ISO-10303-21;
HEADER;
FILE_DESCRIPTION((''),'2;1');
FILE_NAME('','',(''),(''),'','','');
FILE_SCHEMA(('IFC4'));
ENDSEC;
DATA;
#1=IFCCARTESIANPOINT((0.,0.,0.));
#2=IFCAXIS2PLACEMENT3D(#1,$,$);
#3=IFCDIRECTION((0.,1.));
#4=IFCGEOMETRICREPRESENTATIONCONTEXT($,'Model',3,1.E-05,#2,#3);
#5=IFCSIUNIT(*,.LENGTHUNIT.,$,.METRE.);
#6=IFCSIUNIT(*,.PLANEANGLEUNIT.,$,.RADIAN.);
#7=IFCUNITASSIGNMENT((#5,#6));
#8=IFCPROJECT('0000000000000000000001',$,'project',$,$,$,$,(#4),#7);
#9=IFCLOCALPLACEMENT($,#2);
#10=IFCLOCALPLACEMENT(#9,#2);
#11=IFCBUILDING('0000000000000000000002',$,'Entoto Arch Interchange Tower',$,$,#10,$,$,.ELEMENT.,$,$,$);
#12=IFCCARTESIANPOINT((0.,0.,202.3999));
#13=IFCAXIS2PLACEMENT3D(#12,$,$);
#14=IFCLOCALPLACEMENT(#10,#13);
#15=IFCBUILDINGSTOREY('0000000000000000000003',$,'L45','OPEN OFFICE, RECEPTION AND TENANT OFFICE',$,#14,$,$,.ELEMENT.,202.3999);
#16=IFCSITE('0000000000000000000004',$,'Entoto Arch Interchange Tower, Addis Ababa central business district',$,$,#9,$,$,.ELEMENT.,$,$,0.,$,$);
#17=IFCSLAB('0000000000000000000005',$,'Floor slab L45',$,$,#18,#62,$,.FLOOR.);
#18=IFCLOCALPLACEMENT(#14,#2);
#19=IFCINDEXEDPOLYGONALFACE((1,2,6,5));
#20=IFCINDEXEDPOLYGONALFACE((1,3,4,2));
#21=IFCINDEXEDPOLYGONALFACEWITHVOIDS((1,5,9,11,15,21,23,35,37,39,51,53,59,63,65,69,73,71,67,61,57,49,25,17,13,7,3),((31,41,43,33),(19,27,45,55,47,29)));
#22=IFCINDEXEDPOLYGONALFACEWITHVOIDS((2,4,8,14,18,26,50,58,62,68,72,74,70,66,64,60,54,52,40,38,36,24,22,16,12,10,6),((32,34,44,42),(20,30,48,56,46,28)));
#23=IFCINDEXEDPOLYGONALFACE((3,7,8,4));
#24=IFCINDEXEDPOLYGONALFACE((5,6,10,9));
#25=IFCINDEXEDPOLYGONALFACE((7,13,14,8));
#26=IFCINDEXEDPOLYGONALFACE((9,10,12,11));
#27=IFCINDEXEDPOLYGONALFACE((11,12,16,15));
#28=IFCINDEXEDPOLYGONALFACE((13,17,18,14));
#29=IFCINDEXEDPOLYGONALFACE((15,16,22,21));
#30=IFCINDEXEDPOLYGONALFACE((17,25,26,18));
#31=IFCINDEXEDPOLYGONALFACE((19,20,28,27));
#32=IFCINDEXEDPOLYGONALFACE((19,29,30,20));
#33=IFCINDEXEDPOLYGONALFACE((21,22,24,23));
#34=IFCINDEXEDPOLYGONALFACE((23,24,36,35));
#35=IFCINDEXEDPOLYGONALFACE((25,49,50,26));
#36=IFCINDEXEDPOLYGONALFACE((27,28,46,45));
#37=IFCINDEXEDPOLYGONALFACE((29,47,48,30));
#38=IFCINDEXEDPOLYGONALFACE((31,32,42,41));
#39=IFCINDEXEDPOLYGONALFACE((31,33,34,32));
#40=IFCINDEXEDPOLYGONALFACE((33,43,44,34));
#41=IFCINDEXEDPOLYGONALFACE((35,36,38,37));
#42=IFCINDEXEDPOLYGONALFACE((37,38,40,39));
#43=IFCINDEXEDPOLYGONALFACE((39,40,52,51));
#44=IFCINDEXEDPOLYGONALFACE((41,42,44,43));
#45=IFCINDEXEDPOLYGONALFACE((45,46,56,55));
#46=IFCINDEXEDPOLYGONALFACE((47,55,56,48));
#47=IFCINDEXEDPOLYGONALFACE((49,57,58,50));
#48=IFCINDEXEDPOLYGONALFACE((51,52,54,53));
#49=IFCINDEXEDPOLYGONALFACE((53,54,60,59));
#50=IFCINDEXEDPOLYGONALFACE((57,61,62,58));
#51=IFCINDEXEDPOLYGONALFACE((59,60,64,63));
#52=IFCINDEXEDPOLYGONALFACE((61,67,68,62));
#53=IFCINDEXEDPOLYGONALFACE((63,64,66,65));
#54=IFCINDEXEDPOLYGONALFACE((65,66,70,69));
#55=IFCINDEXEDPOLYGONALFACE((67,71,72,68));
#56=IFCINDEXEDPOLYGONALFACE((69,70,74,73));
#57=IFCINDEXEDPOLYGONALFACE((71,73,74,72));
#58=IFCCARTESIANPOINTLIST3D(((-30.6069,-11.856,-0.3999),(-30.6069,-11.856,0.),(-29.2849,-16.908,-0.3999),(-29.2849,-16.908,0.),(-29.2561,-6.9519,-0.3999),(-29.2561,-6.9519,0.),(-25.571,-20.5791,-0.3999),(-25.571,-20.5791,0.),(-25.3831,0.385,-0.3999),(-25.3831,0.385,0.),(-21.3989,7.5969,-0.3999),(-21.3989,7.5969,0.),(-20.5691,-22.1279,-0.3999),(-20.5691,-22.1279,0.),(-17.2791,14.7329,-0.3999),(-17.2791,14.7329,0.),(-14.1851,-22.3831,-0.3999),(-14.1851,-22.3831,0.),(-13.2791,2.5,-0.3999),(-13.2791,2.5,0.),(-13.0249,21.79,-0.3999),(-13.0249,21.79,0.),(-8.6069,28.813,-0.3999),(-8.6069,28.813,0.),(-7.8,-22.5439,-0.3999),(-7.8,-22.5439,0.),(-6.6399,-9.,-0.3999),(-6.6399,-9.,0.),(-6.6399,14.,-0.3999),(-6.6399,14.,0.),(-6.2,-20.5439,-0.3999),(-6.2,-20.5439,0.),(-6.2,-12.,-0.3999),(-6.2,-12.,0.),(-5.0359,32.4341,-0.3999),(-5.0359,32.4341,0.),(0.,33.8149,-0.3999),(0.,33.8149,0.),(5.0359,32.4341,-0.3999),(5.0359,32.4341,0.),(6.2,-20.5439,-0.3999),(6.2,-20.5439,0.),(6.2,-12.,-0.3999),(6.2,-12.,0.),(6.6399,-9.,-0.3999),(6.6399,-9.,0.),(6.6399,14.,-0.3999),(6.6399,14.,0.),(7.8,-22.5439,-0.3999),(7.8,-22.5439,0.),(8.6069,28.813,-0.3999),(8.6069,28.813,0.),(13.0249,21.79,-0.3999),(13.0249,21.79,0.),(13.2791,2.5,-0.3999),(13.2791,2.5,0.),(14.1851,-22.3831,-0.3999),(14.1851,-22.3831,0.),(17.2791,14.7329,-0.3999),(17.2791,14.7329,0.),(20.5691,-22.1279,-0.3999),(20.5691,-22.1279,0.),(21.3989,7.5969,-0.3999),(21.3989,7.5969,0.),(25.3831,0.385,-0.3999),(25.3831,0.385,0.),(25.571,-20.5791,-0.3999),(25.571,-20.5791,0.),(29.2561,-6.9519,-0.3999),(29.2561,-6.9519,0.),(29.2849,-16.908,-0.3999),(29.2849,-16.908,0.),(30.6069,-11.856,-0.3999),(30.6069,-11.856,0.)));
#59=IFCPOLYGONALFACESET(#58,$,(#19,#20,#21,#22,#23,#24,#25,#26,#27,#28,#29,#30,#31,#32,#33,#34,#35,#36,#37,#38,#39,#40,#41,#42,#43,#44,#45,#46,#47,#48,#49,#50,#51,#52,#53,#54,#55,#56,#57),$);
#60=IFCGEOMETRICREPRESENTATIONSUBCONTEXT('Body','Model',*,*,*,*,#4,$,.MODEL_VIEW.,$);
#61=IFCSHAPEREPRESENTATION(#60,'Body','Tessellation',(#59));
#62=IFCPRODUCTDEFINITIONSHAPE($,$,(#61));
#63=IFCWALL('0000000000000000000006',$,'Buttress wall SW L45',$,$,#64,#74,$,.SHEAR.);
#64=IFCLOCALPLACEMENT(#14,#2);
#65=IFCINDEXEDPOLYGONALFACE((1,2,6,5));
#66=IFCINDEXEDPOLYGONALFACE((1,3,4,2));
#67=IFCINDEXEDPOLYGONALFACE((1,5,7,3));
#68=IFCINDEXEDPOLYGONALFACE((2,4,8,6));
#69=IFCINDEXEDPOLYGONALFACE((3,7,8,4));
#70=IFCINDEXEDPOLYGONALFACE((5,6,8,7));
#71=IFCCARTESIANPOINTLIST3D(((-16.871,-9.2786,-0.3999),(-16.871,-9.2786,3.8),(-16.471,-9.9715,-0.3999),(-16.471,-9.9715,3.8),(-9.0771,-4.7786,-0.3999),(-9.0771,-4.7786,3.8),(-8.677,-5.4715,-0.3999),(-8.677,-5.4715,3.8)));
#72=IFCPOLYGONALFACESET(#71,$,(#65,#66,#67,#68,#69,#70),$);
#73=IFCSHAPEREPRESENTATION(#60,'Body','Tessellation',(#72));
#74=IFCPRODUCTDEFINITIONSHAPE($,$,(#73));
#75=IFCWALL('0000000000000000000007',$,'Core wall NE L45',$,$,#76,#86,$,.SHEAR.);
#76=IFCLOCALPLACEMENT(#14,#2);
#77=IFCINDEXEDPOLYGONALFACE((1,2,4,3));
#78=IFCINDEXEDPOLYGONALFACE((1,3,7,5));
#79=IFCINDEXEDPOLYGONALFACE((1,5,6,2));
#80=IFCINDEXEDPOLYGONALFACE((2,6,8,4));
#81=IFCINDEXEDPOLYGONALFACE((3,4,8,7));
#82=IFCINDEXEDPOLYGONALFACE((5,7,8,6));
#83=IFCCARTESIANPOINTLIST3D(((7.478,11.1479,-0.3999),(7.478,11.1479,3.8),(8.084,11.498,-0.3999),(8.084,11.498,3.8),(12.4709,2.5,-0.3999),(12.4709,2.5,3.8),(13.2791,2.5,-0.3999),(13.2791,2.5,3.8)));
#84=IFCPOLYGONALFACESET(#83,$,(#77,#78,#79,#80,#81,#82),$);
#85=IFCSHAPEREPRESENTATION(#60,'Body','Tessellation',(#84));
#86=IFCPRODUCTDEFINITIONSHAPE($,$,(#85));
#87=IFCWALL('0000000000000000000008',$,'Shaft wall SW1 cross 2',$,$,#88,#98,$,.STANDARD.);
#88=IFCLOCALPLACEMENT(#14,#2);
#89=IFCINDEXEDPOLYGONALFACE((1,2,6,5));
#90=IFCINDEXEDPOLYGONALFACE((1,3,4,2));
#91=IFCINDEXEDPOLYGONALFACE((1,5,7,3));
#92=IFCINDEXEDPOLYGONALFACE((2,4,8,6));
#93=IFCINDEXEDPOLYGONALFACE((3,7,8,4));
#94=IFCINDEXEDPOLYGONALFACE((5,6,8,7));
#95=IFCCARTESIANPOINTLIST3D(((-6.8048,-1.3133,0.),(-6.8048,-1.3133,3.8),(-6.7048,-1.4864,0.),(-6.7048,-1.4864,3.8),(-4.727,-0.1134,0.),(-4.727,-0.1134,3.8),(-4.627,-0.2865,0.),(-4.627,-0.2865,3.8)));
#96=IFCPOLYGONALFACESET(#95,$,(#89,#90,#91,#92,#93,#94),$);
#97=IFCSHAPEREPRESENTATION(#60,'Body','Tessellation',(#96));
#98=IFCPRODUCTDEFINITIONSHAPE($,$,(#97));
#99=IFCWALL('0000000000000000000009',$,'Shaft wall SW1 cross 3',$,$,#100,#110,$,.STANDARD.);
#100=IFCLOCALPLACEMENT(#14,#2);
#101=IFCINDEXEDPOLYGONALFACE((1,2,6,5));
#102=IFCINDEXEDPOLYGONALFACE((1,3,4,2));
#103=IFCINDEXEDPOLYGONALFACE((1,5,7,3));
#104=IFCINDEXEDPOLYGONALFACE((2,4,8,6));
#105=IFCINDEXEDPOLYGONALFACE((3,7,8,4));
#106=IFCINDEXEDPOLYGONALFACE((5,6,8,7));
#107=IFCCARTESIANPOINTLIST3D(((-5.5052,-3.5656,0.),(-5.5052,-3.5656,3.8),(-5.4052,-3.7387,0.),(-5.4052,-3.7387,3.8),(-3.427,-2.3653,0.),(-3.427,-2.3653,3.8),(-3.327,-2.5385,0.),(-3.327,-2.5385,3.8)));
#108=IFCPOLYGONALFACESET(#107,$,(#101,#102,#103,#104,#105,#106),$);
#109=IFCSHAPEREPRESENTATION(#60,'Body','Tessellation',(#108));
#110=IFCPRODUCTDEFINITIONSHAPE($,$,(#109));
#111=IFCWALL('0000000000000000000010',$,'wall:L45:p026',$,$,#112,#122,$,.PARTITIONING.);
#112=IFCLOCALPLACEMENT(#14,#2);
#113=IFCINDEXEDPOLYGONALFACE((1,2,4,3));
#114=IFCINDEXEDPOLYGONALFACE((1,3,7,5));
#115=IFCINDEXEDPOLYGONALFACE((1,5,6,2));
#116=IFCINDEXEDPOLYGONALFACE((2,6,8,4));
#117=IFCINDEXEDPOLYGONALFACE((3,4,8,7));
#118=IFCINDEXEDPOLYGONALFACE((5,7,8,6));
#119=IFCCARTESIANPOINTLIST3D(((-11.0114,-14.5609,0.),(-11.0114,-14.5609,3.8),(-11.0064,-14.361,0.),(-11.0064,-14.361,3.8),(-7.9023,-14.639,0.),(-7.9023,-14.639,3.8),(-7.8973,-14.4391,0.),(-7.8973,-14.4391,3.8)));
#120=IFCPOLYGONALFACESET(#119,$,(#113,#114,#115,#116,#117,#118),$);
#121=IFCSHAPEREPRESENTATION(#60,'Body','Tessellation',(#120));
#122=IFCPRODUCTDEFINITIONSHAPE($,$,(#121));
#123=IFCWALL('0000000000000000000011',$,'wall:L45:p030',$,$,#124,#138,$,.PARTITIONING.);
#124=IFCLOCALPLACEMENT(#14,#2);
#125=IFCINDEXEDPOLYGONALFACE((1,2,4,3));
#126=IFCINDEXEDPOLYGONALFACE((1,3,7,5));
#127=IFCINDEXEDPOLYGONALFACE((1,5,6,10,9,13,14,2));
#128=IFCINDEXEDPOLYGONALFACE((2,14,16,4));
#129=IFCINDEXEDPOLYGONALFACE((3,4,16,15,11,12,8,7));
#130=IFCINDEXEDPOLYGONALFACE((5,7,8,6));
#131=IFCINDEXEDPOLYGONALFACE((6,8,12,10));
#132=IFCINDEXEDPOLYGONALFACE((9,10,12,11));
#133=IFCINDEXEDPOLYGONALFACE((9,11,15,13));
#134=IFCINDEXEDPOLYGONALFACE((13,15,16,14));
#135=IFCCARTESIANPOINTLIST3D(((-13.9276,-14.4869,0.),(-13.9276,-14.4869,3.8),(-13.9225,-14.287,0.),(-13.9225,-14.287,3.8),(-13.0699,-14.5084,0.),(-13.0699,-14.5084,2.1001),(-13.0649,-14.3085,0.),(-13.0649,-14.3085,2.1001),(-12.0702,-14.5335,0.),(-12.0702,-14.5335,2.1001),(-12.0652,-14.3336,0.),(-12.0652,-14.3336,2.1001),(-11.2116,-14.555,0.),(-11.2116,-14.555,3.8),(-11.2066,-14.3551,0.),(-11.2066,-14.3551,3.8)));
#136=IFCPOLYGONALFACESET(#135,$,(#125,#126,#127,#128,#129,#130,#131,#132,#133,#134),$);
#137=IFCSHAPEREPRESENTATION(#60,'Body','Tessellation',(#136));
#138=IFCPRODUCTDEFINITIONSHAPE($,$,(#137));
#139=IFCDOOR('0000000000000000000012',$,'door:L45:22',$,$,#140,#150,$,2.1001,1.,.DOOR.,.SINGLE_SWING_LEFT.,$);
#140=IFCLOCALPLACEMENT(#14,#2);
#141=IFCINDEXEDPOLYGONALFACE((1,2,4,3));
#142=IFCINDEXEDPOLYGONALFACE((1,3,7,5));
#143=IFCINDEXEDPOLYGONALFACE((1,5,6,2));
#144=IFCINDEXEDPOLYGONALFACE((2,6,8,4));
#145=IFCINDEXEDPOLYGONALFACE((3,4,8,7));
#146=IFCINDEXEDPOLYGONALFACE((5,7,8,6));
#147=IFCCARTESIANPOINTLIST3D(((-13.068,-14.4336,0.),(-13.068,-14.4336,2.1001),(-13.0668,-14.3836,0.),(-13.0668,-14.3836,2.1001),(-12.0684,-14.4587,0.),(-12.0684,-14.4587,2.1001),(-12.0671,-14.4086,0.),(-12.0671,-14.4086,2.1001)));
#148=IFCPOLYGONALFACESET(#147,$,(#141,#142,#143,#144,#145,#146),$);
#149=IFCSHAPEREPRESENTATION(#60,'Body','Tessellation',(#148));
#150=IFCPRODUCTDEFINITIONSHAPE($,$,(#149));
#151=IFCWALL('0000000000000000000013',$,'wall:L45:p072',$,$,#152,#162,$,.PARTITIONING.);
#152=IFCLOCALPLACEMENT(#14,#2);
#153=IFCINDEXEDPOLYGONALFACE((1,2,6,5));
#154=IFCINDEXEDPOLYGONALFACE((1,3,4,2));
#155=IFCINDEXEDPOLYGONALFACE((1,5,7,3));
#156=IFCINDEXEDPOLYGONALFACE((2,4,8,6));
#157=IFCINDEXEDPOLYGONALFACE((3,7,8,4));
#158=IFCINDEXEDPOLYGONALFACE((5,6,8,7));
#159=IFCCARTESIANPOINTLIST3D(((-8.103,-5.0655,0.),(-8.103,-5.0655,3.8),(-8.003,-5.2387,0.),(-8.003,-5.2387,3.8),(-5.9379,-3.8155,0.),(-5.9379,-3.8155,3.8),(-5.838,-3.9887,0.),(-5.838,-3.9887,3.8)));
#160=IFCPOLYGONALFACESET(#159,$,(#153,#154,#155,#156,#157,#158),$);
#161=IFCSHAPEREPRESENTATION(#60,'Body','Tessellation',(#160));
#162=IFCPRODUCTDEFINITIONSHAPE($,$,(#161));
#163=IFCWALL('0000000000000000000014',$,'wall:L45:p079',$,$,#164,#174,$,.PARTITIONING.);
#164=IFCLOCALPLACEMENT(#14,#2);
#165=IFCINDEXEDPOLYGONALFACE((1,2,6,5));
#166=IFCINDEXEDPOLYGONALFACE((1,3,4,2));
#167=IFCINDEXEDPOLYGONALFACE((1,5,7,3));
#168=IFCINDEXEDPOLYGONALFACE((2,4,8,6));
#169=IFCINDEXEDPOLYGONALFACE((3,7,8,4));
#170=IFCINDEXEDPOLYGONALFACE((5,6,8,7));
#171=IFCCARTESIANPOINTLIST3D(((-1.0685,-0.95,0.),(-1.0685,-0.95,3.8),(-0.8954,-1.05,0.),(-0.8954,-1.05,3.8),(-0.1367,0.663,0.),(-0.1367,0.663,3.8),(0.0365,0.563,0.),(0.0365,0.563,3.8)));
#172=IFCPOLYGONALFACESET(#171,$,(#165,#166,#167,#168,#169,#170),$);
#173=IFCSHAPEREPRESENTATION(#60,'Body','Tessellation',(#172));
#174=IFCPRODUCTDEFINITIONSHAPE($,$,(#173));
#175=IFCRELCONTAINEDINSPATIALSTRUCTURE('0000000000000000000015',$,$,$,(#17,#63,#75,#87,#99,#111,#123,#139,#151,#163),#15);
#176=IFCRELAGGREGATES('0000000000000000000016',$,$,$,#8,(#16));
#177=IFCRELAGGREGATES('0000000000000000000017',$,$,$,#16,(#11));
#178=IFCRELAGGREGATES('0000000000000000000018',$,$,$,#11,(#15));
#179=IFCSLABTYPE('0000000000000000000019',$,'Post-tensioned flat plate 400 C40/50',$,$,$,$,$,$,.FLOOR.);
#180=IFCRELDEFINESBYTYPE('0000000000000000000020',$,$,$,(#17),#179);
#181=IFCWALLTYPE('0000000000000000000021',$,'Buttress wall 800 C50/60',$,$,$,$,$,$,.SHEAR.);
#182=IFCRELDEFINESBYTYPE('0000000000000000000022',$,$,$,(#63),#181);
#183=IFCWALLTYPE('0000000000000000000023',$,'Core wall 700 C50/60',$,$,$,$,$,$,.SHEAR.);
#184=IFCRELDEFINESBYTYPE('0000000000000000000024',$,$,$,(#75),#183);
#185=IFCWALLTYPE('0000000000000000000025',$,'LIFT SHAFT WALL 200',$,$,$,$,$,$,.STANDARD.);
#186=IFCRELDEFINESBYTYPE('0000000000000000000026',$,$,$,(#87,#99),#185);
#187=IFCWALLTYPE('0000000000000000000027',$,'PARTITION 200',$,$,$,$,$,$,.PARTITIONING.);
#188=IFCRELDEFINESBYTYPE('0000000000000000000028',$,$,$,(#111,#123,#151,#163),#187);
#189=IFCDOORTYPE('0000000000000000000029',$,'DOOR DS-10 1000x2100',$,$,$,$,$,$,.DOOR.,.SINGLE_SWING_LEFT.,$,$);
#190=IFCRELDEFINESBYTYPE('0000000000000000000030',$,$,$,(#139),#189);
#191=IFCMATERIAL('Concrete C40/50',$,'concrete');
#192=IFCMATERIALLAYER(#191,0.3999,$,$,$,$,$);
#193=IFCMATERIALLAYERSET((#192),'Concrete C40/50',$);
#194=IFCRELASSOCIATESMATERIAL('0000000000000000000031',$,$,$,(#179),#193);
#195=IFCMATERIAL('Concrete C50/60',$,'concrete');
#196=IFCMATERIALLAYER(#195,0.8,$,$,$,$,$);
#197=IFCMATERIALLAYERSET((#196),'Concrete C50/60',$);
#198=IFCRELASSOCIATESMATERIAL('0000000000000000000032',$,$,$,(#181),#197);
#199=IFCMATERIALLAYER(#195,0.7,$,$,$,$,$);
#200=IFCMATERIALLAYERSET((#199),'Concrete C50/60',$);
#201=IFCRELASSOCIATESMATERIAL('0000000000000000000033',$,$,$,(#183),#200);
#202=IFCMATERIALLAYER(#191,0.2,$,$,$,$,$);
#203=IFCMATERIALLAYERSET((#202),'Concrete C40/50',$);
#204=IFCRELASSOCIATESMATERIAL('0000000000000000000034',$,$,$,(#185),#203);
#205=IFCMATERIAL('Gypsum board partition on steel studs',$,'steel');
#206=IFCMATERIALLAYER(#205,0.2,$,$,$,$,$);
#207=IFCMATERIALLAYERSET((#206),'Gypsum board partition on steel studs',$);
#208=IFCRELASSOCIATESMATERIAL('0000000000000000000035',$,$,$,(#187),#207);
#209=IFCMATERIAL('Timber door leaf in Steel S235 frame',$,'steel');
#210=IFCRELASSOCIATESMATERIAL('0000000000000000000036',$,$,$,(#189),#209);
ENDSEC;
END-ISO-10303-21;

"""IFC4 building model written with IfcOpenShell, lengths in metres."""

from ifc_helpers import new_model, si_unit, direction, frame, frame_2d, origin, place, context, subcontext, project, spatial, polyline, rectangle, outline, extrude, material, layer, layer_set, type_object, element, fill, save


model = new_model("IFC4")

# Units and contexts
model_context = context("Model", 3, precision=1e-05, world=origin(), true_north=direction((0.0, 1.0)))
body_context = subcontext(model_context, "Body", "Model", "MODEL_VIEW")
ifc_project = project(units=[si_unit("LENGTHUNIT", "METRE"), si_unit("PLANEANGLEUNIT", "RADIAN")], contexts=[model_context])

# Site, building, storey
site_placement = place(None, origin())
site = spatial("IfcSite", under=ifc_project, at=site_placement, Name="Entoto Arch Interchange Tower, Addis Ababa central business district", CompositionType="ELEMENT", RefElevation=0.0)
building_placement = place(site_placement, origin())
building = spatial("IfcBuilding", under=site, at=building_placement, Name="Entoto Arch Interchange Tower", CompositionType="ELEMENT")
storey_placement = place(building_placement, frame((0.0, 0.0, 202.3999)))
storey = spatial("IfcBuildingStorey", under=building, at=storey_placement, Name="L45", Description="OPEN OFFICE, RECEPTION AND TENANT OFFICE", CompositionType="ELEMENT", Elevation=202.3999)

# Slab
ifc_material_1 = material(Name="Concrete C40/50", Category="concrete")
ifc_layer_1 = layer(ifc_material_1, 0.3999)
ifc_layer_set_1 = layer_set([ifc_layer_1], Name="Concrete C40/50")
slab_type = type_object("IfcSlabType", Name="Post-tensioned flat plate 400 C40/50", PredefinedType="FLOOR", material=ifc_layer_set_1)
slab_placement = place(storey_placement, frame((0.0, 0.0, -0.3999)))
element("IfcSlab", 1, at=slab_placement, inside=storey, type_object=slab_type, Name="Floor slab L45", PredefinedType="FLOOR", context=body_context, shape_type="SweptSolid", body=[
    extrude(outline(polyline([(-20.5691, -22.1279), (-14.1851, -22.3831), (-7.8, -22.5439), (7.8, -22.5439), (14.1851, -22.3831), (20.5691, -22.1279), (25.571, -20.5791), (29.2849, -16.908), (30.6069, -11.856), (29.2561, -6.9519), (25.3831, 0.385), (21.3989, 7.5969), (17.2791, 14.7329), (13.0249, 21.79), (8.6069, 28.813), (5.0359, 32.4341), (0.0, 33.8149), (-5.0359, 32.4341), (-8.6069, 28.813), (-13.0249, 21.79), (-17.2791, 14.7329), (-21.3989, 7.5969), (-25.3831, 0.385), (-29.2561, -6.9519), (-30.6069, -11.856), (-29.2849, -16.908), (-25.571, -20.5791), (-20.5691, -22.1279)]), holes=[polyline([(6.2, -20.5439), (6.2, -12.0), (-6.2, -12.0), (-6.2, -20.5439), (6.2, -20.5439)]), polyline([(13.2791, 2.5), (6.6399, 14.0), (-6.6399, 14.0), (-13.2791, 2.5), (-6.6399, -9.0), (6.6399, -9.0), (13.2791, 2.5)])]), origin(), (0.0, 0.0, 1.0), 0.3999),
])

# Walls
ifc_material_2 = material(Name="Concrete C50/60", Category="concrete")
ifc_layer_2 = layer(ifc_material_2, 0.8)
ifc_layer_set_2 = layer_set([ifc_layer_2], Name="Concrete C50/60")
wall_type_1 = type_object("IfcWallType", Name="Buttress wall 800 C50/60", PredefinedType="SHEAR", material=ifc_layer_set_2)
wall_1_placement = place(storey_placement, frame((-8.877, -5.125, -0.3999), z_axis=(0.0, 0.0, 1.0), x_axis=(-0.866018, -0.500014, 0.0)))
element("IfcWall", 2, at=wall_1_placement, inside=storey, type_object=wall_type_1, Name="Buttress wall SW L45", PredefinedType="SHEAR", context=body_context, shape_type="SweptSolid", body=[
    extrude(rectangle(XDim=8.9998, YDim=0.8, at=frame_2d((4.5, 0.0))), origin(), (0.0, 0.0, 1.0), 4.2),
])
ifc_layer_3 = layer(ifc_material_2, 0.7)
ifc_layer_set_3 = layer_set([ifc_layer_3], Name="Concrete C50/60")
wall_type_2 = type_object("IfcWallType", Name="Core wall 700 C50/60", PredefinedType="SHEAR", material=ifc_layer_set_3)
wall_2_placement = place(storey_placement, frame((0.0, 0.0, -0.3999)))
element("IfcWall", 3, at=wall_2_placement, inside=storey, type_object=wall_type_2, Name="Core wall NE L45", PredefinedType="SHEAR", context=body_context, shape_type="SweptSolid", body=[
    extrude(outline(polyline([(8.084, 11.498), (7.478, 11.1479), (12.4709, 2.5), (13.2791, 2.5), (8.084, 11.498)])), origin(), (0.0, 0.0, 1.0), 4.2),
])
ifc_layer_4 = layer(ifc_material_1, 0.2)
ifc_layer_set_4 = layer_set([ifc_layer_4], Name="Concrete C40/50")
wall_type_3 = type_object("IfcWallType", Name="LIFT SHAFT WALL 200", PredefinedType="STANDARD", material=ifc_layer_set_4)
wall_3_placement = place(storey_placement, frame((-4.677, -0.2, 0.0), z_axis=(0.0, 0.0, 1.0), x_axis=(-0.865974, -0.500089, 0.0)))
element("IfcWall", 4, at=wall_3_placement, inside=storey, type_object=wall_type_3, Name="Shaft wall SW1 cross 2", PredefinedType="STANDARD", context=body_context, shape_type="SweptSolid", body=[
    extrude(rectangle(XDim=2.3994, YDim=0.2, at=frame_2d((1.1997, 0.0))), origin(), (0.0, 0.0, 1.0), 3.8),
])
wall_4_placement = place(storey_placement, frame((-3.377, -2.4519, 0.0), z_axis=(0.0, 0.0, 1.0), x_axis=(-0.865955, -0.500122, 0.0)))
element("IfcWall", 5, at=wall_4_placement, inside=storey, type_object=wall_type_3, Name="Shaft wall SW1 cross 3", PredefinedType="STANDARD", context=body_context, shape_type="SweptSolid", body=[
    extrude(rectangle(XDim=2.3999, YDim=0.2, at=frame_2d((1.2, 0.0))), origin(), (0.0, 0.0, 1.0), 3.8),
])
ifc_material_3 = material(Name="Gypsum board partition on steel studs", Category="steel")
ifc_layer_5 = layer(ifc_material_3, 0.2)
ifc_layer_set_5 = layer_set([ifc_layer_5], Name="Gypsum board partition on steel studs")
wall_type_4 = type_object("IfcWallType", Name="PARTITION 200", PredefinedType="PARTITIONING", material=ifc_layer_set_5)
wall_5_placement = place(storey_placement, frame((-11.009, -14.4609, 0.0), z_axis=(0.0, 0.0, 1.0), x_axis=(0.999684, -0.02512, 0.0)))
element("IfcWall", 6, at=wall_5_placement, inside=storey, type_object=wall_type_4, Name="wall:L45:p026", PredefinedType="PARTITIONING", context=body_context, shape_type="SweptSolid", body=[
    extrude(rectangle(XDim=3.1101, YDim=0.2, at=frame_2d((1.5552, 0.0))), origin(), (0.0, 0.0, 1.0), 3.8),
])

# Wall, opening, door
wall_6_placement = place(storey_placement, frame((-13.925, -14.387, 0.0), z_axis=(0.0, 0.0, 1.0), x_axis=(0.999686, -0.025071, 0.0)))
wall_6 = element("IfcWall", 7, at=wall_6_placement, inside=storey, type_object=wall_type_4, Name="wall:L45:p030", PredefinedType="PARTITIONING", context=body_context, shape_type="SweptSolid", body=[
    extrude(rectangle(XDim=2.7168, YDim=0.2, at=frame_2d((1.3584, 0.0))), origin(), (0.0, 0.0, 1.0), 3.8),
])
opening_1_placement = place(wall_6_placement, frame((0.8579, 0.0, 0.0)))
opening_1 = element("IfcOpeningElement", 8, at=opening_1_placement, cuts=wall_6, PredefinedType="OPENING", context=body_context, shape_type="SweptSolid", body=[
    extrude(rectangle(XDim=1.0, YDim=2.1001, at=frame_2d((0.5, 1.05))), frame((0.0, 0.1099, 0.0), z_axis=(0.0, -1.0, 0.0), x_axis=(1.0, 0.0, 0.0)), (0.0, 0.0, 1.0), 0.22),
])
ifc_material_4 = material(Name="Timber door leaf in Steel S235 frame", Category="steel")
door_type_1 = type_object("IfcDoorType", Name="DOOR DS-10 1000x2100", OperationType="SINGLE_SWING_LEFT", PredefinedType="DOOR", material=ifc_material_4)
door_1_placement = place(opening_1_placement, origin())
door_1 = element("IfcDoor", 9, at=door_1_placement, inside=storey, type_object=door_type_1, Name="door:L45:22", OperationType="SINGLE_SWING_LEFT", OverallHeight=2.1001, OverallWidth=1.0, PredefinedType="DOOR", context=body_context, shape_type="SweptSolid", body=[
    extrude(rectangle(XDim=1.0, YDim=2.1001, at=frame_2d((0.5, 1.05))), frame((0.0, 0.0249, 0.0), z_axis=(0.0, -1.0, 0.0), x_axis=(1.0, 0.0, 0.0)), (0.0, 0.0, 1.0), 0.05),
])
fill(opening_1, door_1)

# Walls
wall_7_placement = place(storey_placement, frame((-5.8879, -3.9021, 0.0), z_axis=(0.0, 0.0, 1.0), x_axis=(-0.866023, -0.500004, 0.0)))
element("IfcWall", 10, at=wall_7_placement, inside=storey, type_object=wall_type_4, Name="wall:L45:p072", PredefinedType="PARTITIONING", context=body_context, shape_type="SweptSolid", body=[
    extrude(rectangle(XDim=2.5, YDim=0.2, at=frame_2d((1.25, 0.0))), origin(), (0.0, 0.0, 1.0), 3.8),
])
wall_8_placement = place(storey_placement, frame((-0.9819, -1.0, 0.0), z_axis=(0.0, 0.0, 1.0), x_axis=(0.50024, 0.865887, 0.0)))
element("IfcWall", 11, at=wall_8_placement, inside=storey, type_object=wall_type_4, Name="wall:L45:p079", PredefinedType="PARTITIONING", context=body_context, shape_type="SweptSolid", body=[
    extrude(rectangle(XDim=1.8628, YDim=0.2, at=frame_2d((0.9314, 0.0))), origin(), (0.0, 0.0, 1.0), 3.8),
])

save(model, "model.ifc")
